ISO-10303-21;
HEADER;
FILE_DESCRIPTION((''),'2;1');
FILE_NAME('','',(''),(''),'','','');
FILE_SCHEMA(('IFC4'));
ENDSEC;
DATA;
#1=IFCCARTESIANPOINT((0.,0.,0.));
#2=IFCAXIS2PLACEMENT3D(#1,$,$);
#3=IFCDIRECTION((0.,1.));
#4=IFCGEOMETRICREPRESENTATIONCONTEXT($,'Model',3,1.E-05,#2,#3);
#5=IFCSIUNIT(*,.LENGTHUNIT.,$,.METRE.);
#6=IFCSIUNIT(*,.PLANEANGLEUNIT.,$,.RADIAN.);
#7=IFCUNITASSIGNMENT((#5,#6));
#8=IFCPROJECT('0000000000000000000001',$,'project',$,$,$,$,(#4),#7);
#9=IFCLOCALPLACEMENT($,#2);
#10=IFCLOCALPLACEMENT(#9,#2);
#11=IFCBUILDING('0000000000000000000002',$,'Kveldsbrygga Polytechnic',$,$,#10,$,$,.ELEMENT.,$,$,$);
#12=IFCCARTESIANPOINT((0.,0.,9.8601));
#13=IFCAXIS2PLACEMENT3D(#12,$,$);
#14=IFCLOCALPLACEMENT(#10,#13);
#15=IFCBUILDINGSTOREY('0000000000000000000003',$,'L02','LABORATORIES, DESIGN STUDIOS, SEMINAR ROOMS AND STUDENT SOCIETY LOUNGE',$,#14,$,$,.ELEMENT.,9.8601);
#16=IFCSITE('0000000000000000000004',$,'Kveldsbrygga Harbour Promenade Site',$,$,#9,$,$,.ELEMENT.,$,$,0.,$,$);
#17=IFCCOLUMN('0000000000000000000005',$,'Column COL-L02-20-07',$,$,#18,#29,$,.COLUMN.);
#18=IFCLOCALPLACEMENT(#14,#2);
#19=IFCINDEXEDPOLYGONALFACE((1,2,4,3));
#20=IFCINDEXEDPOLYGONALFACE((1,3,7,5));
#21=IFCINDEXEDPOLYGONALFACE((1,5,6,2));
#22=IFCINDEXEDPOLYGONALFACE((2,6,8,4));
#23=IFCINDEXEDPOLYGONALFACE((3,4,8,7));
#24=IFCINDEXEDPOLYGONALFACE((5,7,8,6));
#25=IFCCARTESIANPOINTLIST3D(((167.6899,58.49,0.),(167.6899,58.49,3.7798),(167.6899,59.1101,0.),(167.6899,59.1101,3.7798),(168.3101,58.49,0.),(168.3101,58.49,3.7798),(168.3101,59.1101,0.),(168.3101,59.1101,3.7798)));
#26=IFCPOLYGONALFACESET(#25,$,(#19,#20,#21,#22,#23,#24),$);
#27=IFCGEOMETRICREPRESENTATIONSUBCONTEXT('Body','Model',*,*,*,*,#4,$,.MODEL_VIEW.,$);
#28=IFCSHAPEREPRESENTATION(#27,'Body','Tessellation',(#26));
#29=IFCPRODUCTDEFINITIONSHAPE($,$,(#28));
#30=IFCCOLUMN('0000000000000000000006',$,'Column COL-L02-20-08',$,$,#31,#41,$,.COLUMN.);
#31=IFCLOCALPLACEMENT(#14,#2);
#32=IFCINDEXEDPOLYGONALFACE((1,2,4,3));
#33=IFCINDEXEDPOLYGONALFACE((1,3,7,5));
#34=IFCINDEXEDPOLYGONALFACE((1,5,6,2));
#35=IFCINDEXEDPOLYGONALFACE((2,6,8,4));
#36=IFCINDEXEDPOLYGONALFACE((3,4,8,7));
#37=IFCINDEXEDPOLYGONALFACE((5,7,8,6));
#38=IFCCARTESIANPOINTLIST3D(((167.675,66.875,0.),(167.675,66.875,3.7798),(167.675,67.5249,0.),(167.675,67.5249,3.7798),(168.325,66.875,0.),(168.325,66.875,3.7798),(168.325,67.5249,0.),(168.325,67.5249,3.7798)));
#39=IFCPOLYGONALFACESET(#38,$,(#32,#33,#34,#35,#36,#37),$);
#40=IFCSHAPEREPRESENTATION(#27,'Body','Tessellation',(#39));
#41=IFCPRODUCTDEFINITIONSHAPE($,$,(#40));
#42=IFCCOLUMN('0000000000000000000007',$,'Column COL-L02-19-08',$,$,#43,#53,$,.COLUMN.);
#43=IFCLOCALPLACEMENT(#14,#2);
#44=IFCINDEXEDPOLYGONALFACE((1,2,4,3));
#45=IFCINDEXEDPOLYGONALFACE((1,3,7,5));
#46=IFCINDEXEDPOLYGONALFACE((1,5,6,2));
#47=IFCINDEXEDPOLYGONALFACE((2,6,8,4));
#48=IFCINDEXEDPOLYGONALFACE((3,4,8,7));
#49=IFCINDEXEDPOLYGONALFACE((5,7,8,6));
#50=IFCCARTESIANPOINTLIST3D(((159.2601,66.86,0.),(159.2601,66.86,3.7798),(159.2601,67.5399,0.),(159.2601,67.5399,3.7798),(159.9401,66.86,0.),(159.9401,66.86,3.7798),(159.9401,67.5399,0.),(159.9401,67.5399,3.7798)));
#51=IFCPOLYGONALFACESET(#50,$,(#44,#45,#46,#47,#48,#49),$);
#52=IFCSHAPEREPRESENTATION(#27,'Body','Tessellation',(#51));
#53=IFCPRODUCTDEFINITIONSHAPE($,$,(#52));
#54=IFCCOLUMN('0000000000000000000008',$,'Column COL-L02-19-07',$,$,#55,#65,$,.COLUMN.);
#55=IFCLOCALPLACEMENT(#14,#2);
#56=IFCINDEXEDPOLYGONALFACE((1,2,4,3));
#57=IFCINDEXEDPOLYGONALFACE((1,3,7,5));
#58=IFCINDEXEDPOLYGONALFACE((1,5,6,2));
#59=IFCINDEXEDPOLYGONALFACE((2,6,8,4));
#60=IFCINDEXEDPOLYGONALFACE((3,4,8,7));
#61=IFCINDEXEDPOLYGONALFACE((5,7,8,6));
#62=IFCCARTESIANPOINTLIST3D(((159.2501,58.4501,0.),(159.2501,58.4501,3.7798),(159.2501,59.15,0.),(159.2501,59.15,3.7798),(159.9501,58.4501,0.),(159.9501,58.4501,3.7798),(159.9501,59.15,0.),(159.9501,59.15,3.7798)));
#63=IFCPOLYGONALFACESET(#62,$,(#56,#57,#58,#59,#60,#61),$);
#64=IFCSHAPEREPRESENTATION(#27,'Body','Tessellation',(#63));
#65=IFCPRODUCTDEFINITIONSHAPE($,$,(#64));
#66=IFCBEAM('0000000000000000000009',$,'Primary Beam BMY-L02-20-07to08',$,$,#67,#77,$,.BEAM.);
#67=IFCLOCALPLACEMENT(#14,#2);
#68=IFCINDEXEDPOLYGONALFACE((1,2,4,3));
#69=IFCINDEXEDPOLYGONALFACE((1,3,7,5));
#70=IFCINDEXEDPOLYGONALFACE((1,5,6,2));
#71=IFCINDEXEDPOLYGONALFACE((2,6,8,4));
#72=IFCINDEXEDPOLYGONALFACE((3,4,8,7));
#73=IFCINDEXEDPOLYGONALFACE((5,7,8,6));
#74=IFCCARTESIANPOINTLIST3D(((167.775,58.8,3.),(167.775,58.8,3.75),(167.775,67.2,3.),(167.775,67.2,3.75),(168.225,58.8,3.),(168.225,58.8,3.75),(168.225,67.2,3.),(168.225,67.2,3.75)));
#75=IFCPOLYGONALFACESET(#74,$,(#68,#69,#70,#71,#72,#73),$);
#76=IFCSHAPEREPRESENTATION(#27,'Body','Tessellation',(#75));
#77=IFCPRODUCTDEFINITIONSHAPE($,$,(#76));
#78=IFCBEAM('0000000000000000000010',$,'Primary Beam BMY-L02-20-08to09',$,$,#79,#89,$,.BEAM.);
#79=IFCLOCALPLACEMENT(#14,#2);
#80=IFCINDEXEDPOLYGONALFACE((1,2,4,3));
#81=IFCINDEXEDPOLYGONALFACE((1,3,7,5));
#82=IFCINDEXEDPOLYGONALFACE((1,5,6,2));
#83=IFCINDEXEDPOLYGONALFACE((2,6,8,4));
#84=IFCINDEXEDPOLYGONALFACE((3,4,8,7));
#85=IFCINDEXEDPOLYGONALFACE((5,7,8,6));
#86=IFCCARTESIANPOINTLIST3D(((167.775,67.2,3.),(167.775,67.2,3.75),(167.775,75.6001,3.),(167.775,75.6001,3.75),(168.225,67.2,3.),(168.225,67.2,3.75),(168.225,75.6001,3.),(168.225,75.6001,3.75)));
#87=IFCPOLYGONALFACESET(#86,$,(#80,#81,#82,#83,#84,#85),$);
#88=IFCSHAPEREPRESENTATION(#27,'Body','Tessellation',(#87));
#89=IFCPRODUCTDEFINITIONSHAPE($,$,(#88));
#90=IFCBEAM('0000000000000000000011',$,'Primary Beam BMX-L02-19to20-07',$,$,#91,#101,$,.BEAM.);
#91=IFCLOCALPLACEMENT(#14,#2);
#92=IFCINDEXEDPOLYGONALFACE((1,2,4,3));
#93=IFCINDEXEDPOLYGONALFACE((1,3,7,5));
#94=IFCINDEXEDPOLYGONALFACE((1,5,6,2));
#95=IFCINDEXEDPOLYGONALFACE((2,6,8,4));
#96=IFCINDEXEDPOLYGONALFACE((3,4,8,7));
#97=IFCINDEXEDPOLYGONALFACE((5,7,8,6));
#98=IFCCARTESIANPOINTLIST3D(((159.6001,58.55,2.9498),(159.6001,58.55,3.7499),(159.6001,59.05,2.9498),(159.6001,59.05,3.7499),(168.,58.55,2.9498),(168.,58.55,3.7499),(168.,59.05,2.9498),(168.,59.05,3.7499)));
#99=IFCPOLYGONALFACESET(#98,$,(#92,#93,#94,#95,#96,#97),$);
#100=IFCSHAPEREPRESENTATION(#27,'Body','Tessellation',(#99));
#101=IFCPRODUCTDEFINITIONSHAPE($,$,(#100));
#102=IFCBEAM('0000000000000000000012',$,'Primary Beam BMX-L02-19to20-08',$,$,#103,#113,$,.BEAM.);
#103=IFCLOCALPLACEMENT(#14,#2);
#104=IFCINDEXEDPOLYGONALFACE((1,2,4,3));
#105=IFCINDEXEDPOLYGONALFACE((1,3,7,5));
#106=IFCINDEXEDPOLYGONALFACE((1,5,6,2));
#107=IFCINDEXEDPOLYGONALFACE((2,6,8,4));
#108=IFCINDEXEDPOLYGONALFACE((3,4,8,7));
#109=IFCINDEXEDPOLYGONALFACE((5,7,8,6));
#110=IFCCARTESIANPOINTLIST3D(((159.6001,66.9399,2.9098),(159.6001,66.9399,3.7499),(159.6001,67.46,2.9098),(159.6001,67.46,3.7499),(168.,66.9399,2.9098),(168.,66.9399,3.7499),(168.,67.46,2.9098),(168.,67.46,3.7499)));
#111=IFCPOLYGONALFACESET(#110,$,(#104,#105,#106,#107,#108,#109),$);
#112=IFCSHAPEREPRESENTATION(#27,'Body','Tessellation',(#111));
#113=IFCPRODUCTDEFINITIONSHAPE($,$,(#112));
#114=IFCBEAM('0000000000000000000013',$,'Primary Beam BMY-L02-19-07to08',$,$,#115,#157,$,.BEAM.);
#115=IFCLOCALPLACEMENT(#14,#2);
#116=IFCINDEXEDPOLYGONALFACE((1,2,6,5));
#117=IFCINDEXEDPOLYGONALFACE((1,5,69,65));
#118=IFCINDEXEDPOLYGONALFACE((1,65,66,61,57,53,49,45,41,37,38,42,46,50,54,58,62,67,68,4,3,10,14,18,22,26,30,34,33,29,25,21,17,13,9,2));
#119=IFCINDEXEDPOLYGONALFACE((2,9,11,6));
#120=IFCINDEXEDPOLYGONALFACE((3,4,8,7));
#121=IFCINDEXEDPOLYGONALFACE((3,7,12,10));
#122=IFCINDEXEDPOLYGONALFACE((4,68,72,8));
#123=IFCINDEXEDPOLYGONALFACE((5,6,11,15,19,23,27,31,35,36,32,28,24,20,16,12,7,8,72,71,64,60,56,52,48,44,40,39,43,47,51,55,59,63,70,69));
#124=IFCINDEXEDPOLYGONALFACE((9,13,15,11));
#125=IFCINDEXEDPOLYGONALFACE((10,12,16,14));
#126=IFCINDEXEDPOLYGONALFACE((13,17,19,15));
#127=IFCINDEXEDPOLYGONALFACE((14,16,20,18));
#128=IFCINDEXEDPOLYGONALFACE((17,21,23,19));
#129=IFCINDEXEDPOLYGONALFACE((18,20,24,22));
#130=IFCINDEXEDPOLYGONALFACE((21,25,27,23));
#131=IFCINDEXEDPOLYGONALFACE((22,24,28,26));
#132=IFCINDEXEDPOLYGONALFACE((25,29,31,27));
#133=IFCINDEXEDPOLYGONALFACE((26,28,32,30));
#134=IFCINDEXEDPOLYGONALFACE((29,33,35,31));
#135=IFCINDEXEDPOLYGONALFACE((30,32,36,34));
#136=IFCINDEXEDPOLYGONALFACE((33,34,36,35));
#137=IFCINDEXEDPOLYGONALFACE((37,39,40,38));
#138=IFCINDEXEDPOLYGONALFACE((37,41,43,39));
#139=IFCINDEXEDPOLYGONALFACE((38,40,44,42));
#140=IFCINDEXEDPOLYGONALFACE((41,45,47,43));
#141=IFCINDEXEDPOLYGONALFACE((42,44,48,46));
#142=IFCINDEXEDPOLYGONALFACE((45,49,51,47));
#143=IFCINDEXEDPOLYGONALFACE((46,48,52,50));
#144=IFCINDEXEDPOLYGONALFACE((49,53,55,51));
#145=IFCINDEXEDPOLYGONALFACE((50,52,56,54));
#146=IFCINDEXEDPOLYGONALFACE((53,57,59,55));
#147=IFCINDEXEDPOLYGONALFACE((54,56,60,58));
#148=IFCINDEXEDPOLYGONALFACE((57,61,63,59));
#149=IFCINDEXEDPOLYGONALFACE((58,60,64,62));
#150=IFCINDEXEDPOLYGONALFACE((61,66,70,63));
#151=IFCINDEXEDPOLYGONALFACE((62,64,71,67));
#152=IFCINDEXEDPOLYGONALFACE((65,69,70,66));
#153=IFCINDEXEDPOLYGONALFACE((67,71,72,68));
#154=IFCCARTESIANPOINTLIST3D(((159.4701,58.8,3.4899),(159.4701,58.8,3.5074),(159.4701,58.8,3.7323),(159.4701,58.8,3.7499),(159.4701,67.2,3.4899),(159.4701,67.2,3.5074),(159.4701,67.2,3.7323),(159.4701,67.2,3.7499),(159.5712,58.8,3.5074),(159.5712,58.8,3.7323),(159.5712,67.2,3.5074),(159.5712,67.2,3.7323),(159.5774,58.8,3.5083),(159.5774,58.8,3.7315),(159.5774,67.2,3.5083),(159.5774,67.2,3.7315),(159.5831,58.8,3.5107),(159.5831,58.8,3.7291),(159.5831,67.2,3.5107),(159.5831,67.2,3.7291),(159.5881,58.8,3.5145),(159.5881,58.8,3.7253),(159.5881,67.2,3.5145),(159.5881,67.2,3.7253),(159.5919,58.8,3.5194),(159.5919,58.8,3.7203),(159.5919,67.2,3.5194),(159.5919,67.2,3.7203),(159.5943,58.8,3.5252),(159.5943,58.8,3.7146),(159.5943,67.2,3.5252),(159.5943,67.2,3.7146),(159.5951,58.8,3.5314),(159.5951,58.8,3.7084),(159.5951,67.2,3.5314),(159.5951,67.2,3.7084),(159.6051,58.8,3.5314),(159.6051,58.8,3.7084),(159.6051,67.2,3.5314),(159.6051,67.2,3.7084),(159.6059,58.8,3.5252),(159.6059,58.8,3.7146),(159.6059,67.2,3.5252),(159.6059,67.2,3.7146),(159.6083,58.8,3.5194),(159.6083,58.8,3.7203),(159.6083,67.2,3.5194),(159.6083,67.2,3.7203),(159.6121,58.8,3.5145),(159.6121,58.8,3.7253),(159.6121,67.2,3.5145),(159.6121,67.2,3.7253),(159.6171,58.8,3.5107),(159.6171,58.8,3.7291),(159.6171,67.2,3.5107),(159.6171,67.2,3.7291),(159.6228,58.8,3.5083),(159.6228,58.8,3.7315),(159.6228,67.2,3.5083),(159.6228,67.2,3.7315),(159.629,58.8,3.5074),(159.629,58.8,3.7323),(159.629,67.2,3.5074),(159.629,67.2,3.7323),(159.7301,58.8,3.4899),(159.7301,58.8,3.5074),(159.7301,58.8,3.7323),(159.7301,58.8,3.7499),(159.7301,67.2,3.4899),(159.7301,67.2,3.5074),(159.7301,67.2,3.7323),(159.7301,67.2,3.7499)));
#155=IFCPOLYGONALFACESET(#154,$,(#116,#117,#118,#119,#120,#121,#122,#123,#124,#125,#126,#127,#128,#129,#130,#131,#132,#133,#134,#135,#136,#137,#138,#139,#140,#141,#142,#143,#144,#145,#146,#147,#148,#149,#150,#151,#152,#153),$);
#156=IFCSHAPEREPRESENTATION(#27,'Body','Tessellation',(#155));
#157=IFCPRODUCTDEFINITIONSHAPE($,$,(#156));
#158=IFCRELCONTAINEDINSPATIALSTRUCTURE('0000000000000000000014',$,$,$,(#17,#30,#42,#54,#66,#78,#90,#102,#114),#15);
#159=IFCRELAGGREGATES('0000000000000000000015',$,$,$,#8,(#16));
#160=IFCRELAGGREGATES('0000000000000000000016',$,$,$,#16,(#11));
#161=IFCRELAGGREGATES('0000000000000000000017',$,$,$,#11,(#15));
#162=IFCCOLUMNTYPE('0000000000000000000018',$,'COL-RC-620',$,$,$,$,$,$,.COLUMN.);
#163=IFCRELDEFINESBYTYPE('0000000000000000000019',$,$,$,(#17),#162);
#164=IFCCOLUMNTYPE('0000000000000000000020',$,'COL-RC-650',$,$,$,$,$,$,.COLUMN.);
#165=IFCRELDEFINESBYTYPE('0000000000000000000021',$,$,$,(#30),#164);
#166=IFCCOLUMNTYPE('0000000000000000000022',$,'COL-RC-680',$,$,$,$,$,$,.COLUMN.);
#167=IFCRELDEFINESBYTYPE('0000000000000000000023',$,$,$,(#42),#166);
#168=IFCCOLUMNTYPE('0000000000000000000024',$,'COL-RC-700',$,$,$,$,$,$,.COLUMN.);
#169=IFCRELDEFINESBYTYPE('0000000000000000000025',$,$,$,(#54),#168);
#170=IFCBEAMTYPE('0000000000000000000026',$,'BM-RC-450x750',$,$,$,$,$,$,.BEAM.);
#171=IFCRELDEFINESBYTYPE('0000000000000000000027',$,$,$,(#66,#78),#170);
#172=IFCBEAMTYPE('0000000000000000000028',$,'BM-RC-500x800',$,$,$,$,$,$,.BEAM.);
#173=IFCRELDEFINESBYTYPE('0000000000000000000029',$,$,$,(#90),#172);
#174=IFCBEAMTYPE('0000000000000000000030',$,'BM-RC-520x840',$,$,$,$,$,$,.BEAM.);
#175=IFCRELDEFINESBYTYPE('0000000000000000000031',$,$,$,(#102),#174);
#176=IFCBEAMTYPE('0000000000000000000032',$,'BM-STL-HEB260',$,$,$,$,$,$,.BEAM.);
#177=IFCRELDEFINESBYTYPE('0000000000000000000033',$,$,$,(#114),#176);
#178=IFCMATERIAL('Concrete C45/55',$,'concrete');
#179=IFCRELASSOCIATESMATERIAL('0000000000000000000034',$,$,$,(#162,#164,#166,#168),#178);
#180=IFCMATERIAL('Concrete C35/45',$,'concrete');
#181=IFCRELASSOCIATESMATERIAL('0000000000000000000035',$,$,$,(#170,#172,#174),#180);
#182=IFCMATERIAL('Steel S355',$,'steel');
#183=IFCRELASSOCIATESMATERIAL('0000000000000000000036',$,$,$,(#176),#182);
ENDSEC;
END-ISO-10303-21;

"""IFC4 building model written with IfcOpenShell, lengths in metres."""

from ifc_helpers import new_model, si_unit, direction, frame, origin, origin_2d, place, context, subcontext, project, spatial, rectangle, i_section, extrude, material, material_profile, profile_set, type_object, element, save


model = new_model("IFC4")

# Units and contexts
model_context = context("Model", 3, precision=1e-05, world=origin(), true_north=direction((0.0, 1.0)))
body_context = subcontext(model_context, "Body", "Model", "MODEL_VIEW")
ifc_project = project(units=[si_unit("LENGTHUNIT", "METRE"), si_unit("PLANEANGLEUNIT", "RADIAN")], contexts=[model_context])

# Site, building, storey
site_placement = place(None, origin())
site = spatial("IfcSite", under=ifc_project, at=site_placement, Name="Kveldsbrygga Harbour Promenade Site", CompositionType="ELEMENT", RefElevation=0.0)
building_placement = place(site_placement, origin())
building = spatial("IfcBuilding", under=site, at=building_placement, Name="Kveldsbrygga Polytechnic", CompositionType="ELEMENT")
storey_placement = place(building_placement, frame((0.0, 0.0, 9.8601)))
storey = spatial("IfcBuildingStorey", under=building, at=storey_placement, Name="L02", Description="LABORATORIES, DESIGN STUDIOS, SEMINAR ROOMS AND STUDENT SOCIETY LOUNGE", CompositionType="ELEMENT", Elevation=9.8601)

# Columns
ifc_material_1 = material(Name="Concrete C45/55", Category="concrete")
ifc_material_profile_1 = material_profile(ifc_material_1, rectangle(XDim=0.6201, YDim=0.6201, at=origin_2d()), Name="RC 620x620")
ifc_profile_set_1 = profile_set([ifc_material_profile_1], Name="Concrete C45/55")
column_type_1 = type_object("IfcColumnType", Name="COL-RC-620", PredefinedType="COLUMN", material=ifc_profile_set_1)
column_1_placement = place(storey_placement, frame((168.0, 58.8, 0.0), z_axis=(0.0, 0.0, 1.0), x_axis=(1.0, 0.0, 0.0)))
element("IfcColumn", 1, at=column_1_placement, inside=storey, type_object=column_type_1, Name="Column COL-L02-20-07", PredefinedType="COLUMN", context=body_context, shape_type="SweptSolid", body=[
    extrude(rectangle(XDim=0.6201, YDim=0.6201, at=origin_2d()), origin(), (0.0, 0.0, 1.0), 3.7798),
])
ifc_material_profile_2 = material_profile(ifc_material_1, rectangle(XDim=0.6499, YDim=0.6499, at=origin_2d()), Name="RC 650x650")
ifc_profile_set_2 = profile_set([ifc_material_profile_2], Name="Concrete C45/55")
column_type_2 = type_object("IfcColumnType", Name="COL-RC-650", PredefinedType="COLUMN", material=ifc_profile_set_2)
column_2_placement = place(storey_placement, frame((168.0, 67.2, 0.0), z_axis=(0.0, 0.0, 1.0), x_axis=(1.0, 0.0, 0.0)))
element("IfcColumn", 2, at=column_2_placement, inside=storey, type_object=column_type_2, Name="Column COL-L02-20-08", PredefinedType="COLUMN", context=body_context, shape_type="SweptSolid", body=[
    extrude(rectangle(XDim=0.6499, YDim=0.6499, at=origin_2d()), origin(), (0.0, 0.0, 1.0), 3.7798),
])
ifc_material_profile_3 = material_profile(ifc_material_1, rectangle(XDim=0.6799, YDim=0.6799, at=origin_2d()), Name="RC 680x680")
ifc_profile_set_3 = profile_set([ifc_material_profile_3], Name="Concrete C45/55")
column_type_3 = type_object("IfcColumnType", Name="COL-RC-680", PredefinedType="COLUMN", material=ifc_profile_set_3)
column_3_placement = place(storey_placement, frame((159.6001, 67.2, 0.0), z_axis=(0.0, 0.0, 1.0), x_axis=(1.0, 0.0, 0.0)))
element("IfcColumn", 3, at=column_3_placement, inside=storey, type_object=column_type_3, Name="Column COL-L02-19-08", PredefinedType="COLUMN", context=body_context, shape_type="SweptSolid", body=[
    extrude(rectangle(XDim=0.6799, YDim=0.6799, at=origin_2d()), origin(), (0.0, 0.0, 1.0), 3.7798),
])
ifc_material_profile_4 = material_profile(ifc_material_1, rectangle(XDim=0.7, YDim=0.7, at=origin_2d()), Name="RC 700x700")
ifc_profile_set_4 = profile_set([ifc_material_profile_4], Name="Concrete C45/55")
column_type_4 = type_object("IfcColumnType", Name="COL-RC-700", PredefinedType="COLUMN", material=ifc_profile_set_4)
column_4_placement = place(storey_placement, frame((159.6001, 58.8, 0.0), z_axis=(0.0, 0.0, 1.0), x_axis=(1.0, 0.0, 0.0)))
element("IfcColumn", 4, at=column_4_placement, inside=storey, type_object=column_type_4, Name="Column COL-L02-19-07", PredefinedType="COLUMN", context=body_context, shape_type="SweptSolid", body=[
    extrude(rectangle(XDim=0.7, YDim=0.7, at=origin_2d()), origin(), (0.0, 0.0, 1.0), 3.7798),
])

# Beams
ifc_material_2 = material(Name="Concrete C35/45", Category="concrete")
ifc_material_profile_5 = material_profile(ifc_material_2, rectangle(XDim=0.45, YDim=0.75, at=origin_2d()), Name="RC 450x750")
ifc_profile_set_5 = profile_set([ifc_material_profile_5], Name="Concrete C35/45")
beam_type_1 = type_object("IfcBeamType", Name="BM-RC-450x750", PredefinedType="BEAM", material=ifc_profile_set_5)
beam_1_placement = place(storey_placement, frame((168.0, 58.8, 3.375), z_axis=(0.0, 1.0, 0.0), x_axis=(-1.0, 0.0, 0.0)))
element("IfcBeam", 5, at=beam_1_placement, inside=storey, type_object=beam_type_1, Name="Primary Beam BMY-L02-20-07to08", PredefinedType="BEAM", context=body_context, shape_type="SweptSolid", body=[
    extrude(rectangle(XDim=0.45, YDim=0.75, at=origin_2d()), origin(), (0.0, 0.0, 1.0), 8.3999),
])
beam_2_placement = place(storey_placement, frame((168.0, 67.2, 3.375), z_axis=(0.0, 1.0, 0.0), x_axis=(-1.0, 0.0, 0.0)))
element("IfcBeam", 6, at=beam_2_placement, inside=storey, type_object=beam_type_1, Name="Primary Beam BMY-L02-20-08to09", PredefinedType="BEAM", context=body_context, shape_type="SweptSolid", body=[
    extrude(rectangle(XDim=0.45, YDim=0.75, at=origin_2d()), origin(), (0.0, 0.0, 1.0), 8.4001),
])
ifc_material_profile_6 = material_profile(ifc_material_2, rectangle(XDim=0.5, YDim=0.8, at=origin_2d()), Name="RC 500x800")
ifc_profile_set_6 = profile_set([ifc_material_profile_6], Name="Concrete C35/45")
beam_type_2 = type_object("IfcBeamType", Name="BM-RC-500x800", PredefinedType="BEAM", material=ifc_profile_set_6)
beam_3_placement = place(storey_placement, frame((159.6001, 58.8, 3.3499), z_axis=(1.0, 0.0, 0.0), x_axis=(0.0, 1.0, 0.0)))
element("IfcBeam", 7, at=beam_3_placement, inside=storey, type_object=beam_type_2, Name="Primary Beam BMX-L02-19to20-07", PredefinedType="BEAM", context=body_context, shape_type="SweptSolid", body=[
    extrude(rectangle(XDim=0.5, YDim=0.8, at=origin_2d()), origin(), (0.0, 0.0, 1.0), 8.3999),
])
ifc_material_profile_7 = material_profile(ifc_material_2, rectangle(XDim=0.52, YDim=0.8401, at=origin_2d()), Name="RC 520x840")
ifc_profile_set_7 = profile_set([ifc_material_profile_7], Name="Concrete C35/45")
beam_type_3 = type_object("IfcBeamType", Name="BM-RC-520x840", PredefinedType="BEAM", material=ifc_profile_set_7)
beam_4_placement = place(storey_placement, frame((159.6001, 67.2, 3.3298), z_axis=(1.0, 0.0, 0.0), x_axis=(0.0, 1.0, 0.0)))
element("IfcBeam", 8, at=beam_4_placement, inside=storey, type_object=beam_type_3, Name="Primary Beam BMX-L02-19to20-08", PredefinedType="BEAM", context=body_context, shape_type="SweptSolid", body=[
    extrude(rectangle(XDim=0.52, YDim=0.8401, at=origin_2d()), origin(), (0.0, 0.0, 1.0), 8.3999),
])
ifc_material_3 = material(Name="Steel S355", Category="steel")
ifc_material_profile_8 = material_profile(ifc_material_3, i_section(OverallWidth=0.26, OverallDepth=0.26, WebThickness=0.01, FlangeThickness=0.0176, FilletRadius=0.0239, at=origin_2d()), Name="HEB 260")
ifc_profile_set_8 = profile_set([ifc_material_profile_8], Name="Steel S355")
beam_type_4 = type_object("IfcBeamType", Name="BM-STL-HEB260", PredefinedType="BEAM", material=ifc_profile_set_8)
beam_5_placement = place(storey_placement, frame((159.6001, 58.8, 3.6199), z_axis=(0.0, 1.0, 0.0), x_axis=(-1.0, 0.0, 0.0)))
element("IfcBeam", 9, at=beam_5_placement, inside=storey, type_object=beam_type_4, Name="Primary Beam BMY-L02-19-07to08", PredefinedType="BEAM", context=body_context, shape_type="SweptSolid", body=[
    extrude(i_section(OverallWidth=0.26, OverallDepth=0.26, WebThickness=0.01, FlangeThickness=0.0176, FilletRadius=0.0239, at=origin_2d()), origin(), (0.0, 0.0, 1.0), 8.3999),
])

save(model, "model.ifc")
